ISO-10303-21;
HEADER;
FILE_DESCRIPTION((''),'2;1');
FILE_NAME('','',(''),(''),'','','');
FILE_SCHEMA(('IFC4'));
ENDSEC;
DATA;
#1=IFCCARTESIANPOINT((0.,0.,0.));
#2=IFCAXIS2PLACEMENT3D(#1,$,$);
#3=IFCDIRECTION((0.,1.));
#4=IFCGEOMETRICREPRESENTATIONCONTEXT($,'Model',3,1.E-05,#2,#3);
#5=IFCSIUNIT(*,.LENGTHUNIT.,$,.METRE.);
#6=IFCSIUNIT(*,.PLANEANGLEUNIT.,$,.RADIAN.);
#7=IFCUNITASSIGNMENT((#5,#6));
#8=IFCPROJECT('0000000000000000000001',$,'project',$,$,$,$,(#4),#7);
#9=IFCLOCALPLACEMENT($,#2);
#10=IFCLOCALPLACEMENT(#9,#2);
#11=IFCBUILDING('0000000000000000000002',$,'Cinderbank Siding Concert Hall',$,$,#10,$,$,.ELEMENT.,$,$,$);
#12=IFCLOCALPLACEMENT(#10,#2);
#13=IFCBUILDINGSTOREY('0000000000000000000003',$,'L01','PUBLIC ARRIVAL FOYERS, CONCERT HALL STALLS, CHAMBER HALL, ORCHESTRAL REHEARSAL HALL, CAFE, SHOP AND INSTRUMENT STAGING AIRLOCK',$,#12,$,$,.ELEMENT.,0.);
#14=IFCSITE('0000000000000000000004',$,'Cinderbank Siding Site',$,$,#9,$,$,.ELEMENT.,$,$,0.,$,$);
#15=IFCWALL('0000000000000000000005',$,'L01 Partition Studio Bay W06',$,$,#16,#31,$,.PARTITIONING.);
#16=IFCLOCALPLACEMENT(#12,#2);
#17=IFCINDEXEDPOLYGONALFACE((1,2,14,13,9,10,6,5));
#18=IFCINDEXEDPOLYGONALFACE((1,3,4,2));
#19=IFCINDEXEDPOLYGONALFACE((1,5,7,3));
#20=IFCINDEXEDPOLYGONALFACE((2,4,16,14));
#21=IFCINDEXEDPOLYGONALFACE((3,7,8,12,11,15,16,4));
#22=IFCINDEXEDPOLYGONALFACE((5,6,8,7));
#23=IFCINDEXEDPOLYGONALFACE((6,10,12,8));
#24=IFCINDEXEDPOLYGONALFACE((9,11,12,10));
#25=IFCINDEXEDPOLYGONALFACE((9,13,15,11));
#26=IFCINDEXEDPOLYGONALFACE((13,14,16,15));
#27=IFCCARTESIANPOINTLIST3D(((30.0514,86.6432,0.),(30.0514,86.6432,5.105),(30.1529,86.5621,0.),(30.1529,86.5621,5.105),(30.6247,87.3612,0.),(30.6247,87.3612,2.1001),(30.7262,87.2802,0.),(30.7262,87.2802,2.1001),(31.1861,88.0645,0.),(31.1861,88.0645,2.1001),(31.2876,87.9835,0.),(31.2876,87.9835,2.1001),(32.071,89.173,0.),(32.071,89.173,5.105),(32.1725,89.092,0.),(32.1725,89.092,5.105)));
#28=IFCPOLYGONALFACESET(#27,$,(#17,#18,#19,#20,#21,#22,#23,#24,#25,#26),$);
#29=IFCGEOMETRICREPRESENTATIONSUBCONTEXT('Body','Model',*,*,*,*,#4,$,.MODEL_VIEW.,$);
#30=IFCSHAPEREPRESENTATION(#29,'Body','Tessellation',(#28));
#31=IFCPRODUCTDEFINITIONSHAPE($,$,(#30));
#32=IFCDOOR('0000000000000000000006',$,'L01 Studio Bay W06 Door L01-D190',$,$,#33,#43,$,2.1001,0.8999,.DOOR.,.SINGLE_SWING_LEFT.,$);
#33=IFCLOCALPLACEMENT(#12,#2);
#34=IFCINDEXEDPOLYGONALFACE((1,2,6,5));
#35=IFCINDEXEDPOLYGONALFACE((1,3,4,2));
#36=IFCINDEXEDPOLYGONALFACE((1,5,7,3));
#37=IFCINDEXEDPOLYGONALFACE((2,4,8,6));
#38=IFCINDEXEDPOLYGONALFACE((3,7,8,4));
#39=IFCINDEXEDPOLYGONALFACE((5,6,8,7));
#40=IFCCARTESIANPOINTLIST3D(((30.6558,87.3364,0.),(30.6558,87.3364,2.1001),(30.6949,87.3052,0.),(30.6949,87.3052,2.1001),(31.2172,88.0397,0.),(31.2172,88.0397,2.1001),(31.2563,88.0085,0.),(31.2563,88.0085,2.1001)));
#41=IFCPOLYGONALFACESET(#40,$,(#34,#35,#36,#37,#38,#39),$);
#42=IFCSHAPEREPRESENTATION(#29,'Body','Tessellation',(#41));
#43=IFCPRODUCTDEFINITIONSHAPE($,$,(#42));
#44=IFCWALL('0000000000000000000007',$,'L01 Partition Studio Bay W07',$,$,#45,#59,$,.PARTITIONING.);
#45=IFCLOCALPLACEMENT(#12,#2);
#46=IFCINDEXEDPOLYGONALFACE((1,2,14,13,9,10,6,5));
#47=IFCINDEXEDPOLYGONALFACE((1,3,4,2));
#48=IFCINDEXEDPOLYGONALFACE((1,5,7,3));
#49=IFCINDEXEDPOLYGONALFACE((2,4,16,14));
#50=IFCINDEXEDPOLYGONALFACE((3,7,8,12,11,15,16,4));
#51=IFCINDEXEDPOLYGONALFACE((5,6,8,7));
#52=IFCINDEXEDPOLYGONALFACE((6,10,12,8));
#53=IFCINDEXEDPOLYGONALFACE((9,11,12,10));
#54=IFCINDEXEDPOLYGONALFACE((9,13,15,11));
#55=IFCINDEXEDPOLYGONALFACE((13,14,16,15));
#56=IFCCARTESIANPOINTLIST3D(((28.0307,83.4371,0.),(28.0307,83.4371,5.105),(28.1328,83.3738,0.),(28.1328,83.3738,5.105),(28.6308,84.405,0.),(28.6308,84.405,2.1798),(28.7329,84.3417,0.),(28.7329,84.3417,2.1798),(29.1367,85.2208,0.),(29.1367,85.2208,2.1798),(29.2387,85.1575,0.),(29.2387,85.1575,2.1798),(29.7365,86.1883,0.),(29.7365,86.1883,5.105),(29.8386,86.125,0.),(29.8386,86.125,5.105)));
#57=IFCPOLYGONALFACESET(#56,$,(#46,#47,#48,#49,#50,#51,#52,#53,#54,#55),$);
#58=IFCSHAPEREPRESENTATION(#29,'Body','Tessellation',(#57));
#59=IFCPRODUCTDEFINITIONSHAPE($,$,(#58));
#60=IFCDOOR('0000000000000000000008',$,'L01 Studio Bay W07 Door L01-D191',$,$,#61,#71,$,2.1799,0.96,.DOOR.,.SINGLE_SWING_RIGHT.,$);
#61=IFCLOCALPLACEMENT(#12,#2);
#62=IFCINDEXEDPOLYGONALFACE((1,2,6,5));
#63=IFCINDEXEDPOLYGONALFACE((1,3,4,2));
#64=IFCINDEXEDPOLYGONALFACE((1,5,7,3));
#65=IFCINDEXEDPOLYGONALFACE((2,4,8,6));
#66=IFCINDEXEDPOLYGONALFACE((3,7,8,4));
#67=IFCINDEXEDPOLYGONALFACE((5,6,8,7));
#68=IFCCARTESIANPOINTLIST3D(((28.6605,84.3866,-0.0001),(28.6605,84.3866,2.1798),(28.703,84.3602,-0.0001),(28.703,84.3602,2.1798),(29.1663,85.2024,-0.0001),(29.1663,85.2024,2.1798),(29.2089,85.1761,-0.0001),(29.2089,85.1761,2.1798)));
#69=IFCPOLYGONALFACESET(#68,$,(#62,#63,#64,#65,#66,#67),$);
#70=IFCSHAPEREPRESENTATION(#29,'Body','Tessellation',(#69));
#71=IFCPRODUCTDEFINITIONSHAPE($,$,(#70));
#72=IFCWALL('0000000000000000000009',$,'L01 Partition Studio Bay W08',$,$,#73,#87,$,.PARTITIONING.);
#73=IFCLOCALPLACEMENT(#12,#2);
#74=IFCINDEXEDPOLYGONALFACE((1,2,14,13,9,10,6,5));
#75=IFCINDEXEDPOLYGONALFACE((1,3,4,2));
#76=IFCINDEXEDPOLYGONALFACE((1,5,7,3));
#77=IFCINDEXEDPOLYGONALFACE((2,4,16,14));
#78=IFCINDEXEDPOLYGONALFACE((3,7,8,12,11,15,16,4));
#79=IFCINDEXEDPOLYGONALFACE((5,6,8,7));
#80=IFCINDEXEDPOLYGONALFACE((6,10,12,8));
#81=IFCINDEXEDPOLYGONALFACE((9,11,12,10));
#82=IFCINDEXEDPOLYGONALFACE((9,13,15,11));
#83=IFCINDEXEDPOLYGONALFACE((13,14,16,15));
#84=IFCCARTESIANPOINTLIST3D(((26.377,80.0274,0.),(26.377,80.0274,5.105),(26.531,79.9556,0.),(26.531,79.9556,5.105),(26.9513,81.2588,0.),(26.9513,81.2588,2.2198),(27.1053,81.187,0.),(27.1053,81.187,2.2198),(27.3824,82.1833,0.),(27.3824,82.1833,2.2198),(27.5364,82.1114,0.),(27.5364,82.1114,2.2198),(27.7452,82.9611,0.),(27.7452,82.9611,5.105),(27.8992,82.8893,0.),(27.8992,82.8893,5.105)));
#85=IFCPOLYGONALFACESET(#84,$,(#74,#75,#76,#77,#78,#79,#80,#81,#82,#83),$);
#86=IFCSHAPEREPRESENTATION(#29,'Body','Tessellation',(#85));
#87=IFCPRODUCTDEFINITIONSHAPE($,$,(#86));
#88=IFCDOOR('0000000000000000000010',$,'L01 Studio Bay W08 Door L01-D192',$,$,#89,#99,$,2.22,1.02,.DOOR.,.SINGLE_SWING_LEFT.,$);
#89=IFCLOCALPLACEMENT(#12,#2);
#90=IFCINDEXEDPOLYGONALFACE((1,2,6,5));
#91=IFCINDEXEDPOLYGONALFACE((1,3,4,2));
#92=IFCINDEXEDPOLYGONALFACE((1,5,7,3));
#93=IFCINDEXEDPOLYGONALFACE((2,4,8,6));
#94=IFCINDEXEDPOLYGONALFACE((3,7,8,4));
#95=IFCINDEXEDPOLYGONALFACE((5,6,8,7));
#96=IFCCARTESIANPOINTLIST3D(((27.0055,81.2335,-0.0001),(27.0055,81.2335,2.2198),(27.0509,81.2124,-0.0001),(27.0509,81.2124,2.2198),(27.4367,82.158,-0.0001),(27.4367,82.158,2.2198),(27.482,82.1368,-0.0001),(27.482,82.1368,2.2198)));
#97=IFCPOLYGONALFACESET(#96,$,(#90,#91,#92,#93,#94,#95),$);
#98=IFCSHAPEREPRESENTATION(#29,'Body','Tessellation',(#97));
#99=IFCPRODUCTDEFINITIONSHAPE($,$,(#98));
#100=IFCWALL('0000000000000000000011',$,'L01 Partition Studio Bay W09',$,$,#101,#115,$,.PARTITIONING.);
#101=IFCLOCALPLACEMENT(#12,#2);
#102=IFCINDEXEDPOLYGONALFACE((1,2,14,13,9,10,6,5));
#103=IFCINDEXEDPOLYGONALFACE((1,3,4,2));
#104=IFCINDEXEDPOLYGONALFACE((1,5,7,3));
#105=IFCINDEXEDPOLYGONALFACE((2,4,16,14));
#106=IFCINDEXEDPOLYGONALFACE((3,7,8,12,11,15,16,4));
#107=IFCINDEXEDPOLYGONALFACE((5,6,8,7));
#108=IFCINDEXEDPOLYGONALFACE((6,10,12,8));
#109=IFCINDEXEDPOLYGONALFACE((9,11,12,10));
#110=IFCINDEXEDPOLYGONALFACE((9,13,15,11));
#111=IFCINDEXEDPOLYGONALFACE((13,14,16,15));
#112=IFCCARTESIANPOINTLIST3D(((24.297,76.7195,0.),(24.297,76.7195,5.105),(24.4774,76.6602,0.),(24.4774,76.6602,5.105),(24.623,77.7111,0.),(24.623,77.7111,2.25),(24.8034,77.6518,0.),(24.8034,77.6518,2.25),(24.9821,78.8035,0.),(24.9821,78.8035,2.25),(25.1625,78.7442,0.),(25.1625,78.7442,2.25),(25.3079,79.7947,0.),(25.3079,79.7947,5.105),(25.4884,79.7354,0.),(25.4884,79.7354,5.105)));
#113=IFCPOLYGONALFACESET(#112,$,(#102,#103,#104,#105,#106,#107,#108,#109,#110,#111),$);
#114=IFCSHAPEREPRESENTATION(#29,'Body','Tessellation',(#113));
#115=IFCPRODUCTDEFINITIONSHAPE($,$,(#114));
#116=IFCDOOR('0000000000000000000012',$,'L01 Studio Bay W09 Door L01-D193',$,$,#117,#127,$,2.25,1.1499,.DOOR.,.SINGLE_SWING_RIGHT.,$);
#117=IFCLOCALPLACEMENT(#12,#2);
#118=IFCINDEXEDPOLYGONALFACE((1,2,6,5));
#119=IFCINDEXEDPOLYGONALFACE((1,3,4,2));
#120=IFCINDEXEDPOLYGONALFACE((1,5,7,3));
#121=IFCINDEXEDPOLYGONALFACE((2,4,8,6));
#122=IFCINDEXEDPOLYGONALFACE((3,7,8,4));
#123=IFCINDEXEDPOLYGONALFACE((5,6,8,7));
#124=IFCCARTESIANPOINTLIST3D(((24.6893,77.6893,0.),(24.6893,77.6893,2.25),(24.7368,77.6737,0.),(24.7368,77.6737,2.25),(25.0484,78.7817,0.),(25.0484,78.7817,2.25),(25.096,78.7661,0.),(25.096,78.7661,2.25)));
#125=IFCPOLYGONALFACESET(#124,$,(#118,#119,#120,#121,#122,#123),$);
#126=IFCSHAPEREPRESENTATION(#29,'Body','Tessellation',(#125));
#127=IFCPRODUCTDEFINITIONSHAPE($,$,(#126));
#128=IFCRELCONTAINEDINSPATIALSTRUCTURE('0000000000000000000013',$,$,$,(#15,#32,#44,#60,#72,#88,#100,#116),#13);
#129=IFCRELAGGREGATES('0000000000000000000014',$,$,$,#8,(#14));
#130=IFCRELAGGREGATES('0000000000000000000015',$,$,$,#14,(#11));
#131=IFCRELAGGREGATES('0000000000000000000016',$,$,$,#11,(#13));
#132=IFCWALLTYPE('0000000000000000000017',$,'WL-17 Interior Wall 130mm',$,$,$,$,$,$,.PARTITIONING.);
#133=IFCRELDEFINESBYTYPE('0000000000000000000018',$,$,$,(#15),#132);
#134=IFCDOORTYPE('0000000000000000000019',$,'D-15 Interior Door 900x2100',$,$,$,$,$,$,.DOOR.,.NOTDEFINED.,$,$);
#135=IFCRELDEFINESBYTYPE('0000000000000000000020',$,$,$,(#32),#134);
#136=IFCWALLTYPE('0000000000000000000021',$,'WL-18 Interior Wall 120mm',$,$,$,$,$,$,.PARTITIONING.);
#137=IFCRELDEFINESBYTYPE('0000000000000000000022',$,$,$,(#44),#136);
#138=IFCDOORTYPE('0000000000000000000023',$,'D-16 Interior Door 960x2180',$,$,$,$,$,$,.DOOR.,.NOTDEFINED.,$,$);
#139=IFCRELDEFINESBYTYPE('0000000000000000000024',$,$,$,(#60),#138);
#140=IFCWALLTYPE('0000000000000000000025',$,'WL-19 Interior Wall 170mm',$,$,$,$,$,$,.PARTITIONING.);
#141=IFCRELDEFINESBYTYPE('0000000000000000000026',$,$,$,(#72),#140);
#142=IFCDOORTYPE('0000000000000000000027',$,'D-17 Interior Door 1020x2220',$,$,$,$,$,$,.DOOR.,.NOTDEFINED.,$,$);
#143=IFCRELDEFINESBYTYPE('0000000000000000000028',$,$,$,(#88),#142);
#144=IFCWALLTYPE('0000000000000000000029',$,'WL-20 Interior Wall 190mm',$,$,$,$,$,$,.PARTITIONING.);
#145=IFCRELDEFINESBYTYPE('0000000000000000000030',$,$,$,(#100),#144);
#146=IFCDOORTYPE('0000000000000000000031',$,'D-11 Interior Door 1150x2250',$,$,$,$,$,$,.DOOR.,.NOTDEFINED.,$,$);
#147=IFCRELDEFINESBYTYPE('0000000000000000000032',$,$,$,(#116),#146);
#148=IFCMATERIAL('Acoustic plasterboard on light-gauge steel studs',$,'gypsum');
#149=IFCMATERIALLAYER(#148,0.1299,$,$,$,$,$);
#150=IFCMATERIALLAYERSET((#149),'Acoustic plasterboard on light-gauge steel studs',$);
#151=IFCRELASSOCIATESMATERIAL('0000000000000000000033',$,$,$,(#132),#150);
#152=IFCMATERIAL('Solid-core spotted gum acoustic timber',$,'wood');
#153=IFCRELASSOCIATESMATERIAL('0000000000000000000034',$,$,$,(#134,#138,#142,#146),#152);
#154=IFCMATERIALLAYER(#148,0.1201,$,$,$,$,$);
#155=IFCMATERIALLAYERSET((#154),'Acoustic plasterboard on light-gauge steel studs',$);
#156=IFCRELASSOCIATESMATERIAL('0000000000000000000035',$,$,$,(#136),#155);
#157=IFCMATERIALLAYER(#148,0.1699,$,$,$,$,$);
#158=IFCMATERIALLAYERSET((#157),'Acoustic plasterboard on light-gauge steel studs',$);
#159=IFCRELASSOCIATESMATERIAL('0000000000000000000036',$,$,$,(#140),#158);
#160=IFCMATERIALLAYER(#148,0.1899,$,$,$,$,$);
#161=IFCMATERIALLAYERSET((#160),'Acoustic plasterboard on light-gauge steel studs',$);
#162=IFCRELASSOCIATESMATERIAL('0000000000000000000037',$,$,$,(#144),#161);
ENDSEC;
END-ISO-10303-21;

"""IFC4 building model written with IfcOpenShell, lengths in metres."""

from ifc_helpers import new_model, si_unit, direction, frame, frame_2d, origin, place, context, subcontext, project, spatial, rectangle, extrude, material, layer, layer_set, type_object, element, fill, save


model = new_model("IFC4")

# Units and contexts
model_context = context("Model", 3, precision=1e-05, world=origin(), true_north=direction((0.0, 1.0)))
body_context = subcontext(model_context, "Body", "Model", "MODEL_VIEW")
ifc_project = project(units=[si_unit("LENGTHUNIT", "METRE"), si_unit("PLANEANGLEUNIT", "RADIAN")], contexts=[model_context])

# Site, building, storey
site_placement = place(None, origin())
site = spatial("IfcSite", under=ifc_project, at=site_placement, Name="Cinderbank Siding Site", CompositionType="ELEMENT", RefElevation=0.0)
building_placement = place(site_placement, origin())
building = spatial("IfcBuilding", under=site, at=building_placement, Name="Cinderbank Siding Concert Hall", CompositionType="ELEMENT")
storey_placement = place(building_placement, origin())
storey = spatial("IfcBuildingStorey", under=building, at=storey_placement, Name="L01", Description="PUBLIC ARRIVAL FOYERS, CONCERT HALL STALLS, CHAMBER HALL, ORCHESTRAL REHEARSAL HALL, CAFE, SHOP AND INSTRUMENT STAGING AIRLOCK", CompositionType="ELEMENT", Elevation=0.0)

# Shared definitions
ifc_material_1 = material(Name="Acoustic plasterboard on light-gauge steel studs", Category="gypsum")

# Walls, openings, doors
ifc_layer_1 = layer(ifc_material_1, 0.1299)
ifc_layer_set_1 = layer_set([ifc_layer_1], Name="Acoustic plasterboard on light-gauge steel studs")
wall_type_1 = type_object("IfcWallType", Name="WL-17 Interior Wall 130mm", PredefinedType="PARTITIONING", material=ifc_layer_set_1)
wall_1_placement = place(storey_placement, frame((32.1218, 89.1326, 0.0), z_axis=(0.0, 0.0, 1.0), x_axis=(-0.623885, -0.781516, 0.0)))
wall_1 = element("IfcWall", 1, at=wall_1_placement, inside=storey, type_object=wall_type_1, Name="L01 Partition Studio Bay W06", PredefinedType="PARTITIONING", context=body_context, shape_type="SweptSolid", body=[
    extrude(rectangle(XDim=3.2371, YDim=0.1299, at=frame_2d((1.6187, 0.0))), origin(), (0.0, 0.0, 1.0), 5.105),
])
opening_1_placement = place(wall_1_placement, frame((1.4185, 0.0, 0.0)))
opening_1 = element("IfcOpeningElement", 2, at=opening_1_placement, cuts=wall_1, PredefinedType="OPENING", context=body_context, shape_type="SweptSolid", body=[
    extrude(rectangle(XDim=0.8999, YDim=2.1001, at=frame_2d((0.45, 1.05))), frame((0.0, 0.0769, 0.0), z_axis=(0.0, -1.0, 0.0), x_axis=(1.0, 0.0, 0.0)), (0.0, 0.0, 1.0), 0.1538),
])
ifc_material_2 = material(Name="Solid-core spotted gum acoustic timber", Category="wood")
door_type_1 = type_object("IfcDoorType", Name="D-15 Interior Door 900x2100", OperationType="NOTDEFINED", PredefinedType="DOOR", material=ifc_material_2)
door_1_placement = place(opening_1_placement, origin())
door_1 = element("IfcDoor", 3, at=door_1_placement, inside=storey, type_object=door_type_1, Name="L01 Studio Bay W06 Door L01-D190", OperationType="SINGLE_SWING_LEFT", OverallHeight=2.1001, OverallWidth=0.8999, PredefinedType="DOOR", context=body_context, shape_type="SweptSolid", body=[
    extrude(rectangle(XDim=0.8999, YDim=2.1001, at=frame_2d((0.45, 1.05))), frame((0.0, 0.0249, 0.0), z_axis=(0.0, -1.0, 0.0), x_axis=(1.0, 0.0, 0.0)), (0.0, 0.0, 1.0), 0.05),
])
fill(opening_1, door_1)
ifc_layer_2 = layer(ifc_material_1, 0.1201)
ifc_layer_set_2 = layer_set([ifc_layer_2], Name="Acoustic plasterboard on light-gauge steel studs")
wall_type_2 = type_object("IfcWallType", Name="WL-18 Interior Wall 120mm", PredefinedType="PARTITIONING", material=ifc_layer_set_2)
wall_2_placement = place(storey_placement, frame((29.7876, 86.1567, 0.0), z_axis=(0.0, 0.0, 1.0), x_axis=(-0.526952, -0.849895, 0.0)))
wall_2 = element("IfcWall", 4, at=wall_2_placement, inside=storey, type_object=wall_type_2, Name="L01 Partition Studio Bay W07", PredefinedType="PARTITIONING", context=body_context, shape_type="SweptSolid", body=[
    extrude(rectangle(XDim=3.2371, YDim=0.1201, at=frame_2d((1.6187, 0.0))), origin(), (0.0, 0.0, 1.0), 5.105),
])
opening_2_placement = place(wall_2_placement, frame((1.1384, 0.0, 0.0)))
opening_2 = element("IfcOpeningElement", 5, at=opening_2_placement, cuts=wall_2, PredefinedType="OPENING", context=body_context, shape_type="SweptSolid", body=[
    extrude(rectangle(XDim=0.96, YDim=2.1799, at=frame_2d((0.48, 1.0898))), frame((0.0, 0.072, 0.0), z_axis=(0.0, -1.0, 0.0), x_axis=(1.0, 0.0, 0.0)), (0.0, 0.0, 1.0), 0.144),
])
door_type_2 = type_object("IfcDoorType", Name="D-16 Interior Door 960x2180", OperationType="NOTDEFINED", PredefinedType="DOOR", material=ifc_material_2)
door_2_placement = place(opening_2_placement, origin())
door_2 = element("IfcDoor", 6, at=door_2_placement, inside=storey, type_object=door_type_2, Name="L01 Studio Bay W07 Door L01-D191", OperationType="SINGLE_SWING_RIGHT", OverallHeight=2.1799, OverallWidth=0.96, PredefinedType="DOOR", context=body_context, shape_type="SweptSolid", body=[
    extrude(rectangle(XDim=0.96, YDim=2.1799, at=frame_2d((0.48, 1.0898))), frame((0.0, 0.0249, 0.0), z_axis=(0.0, -1.0, 0.0), x_axis=(1.0, 0.0, 0.0)), (0.0, 0.0, 1.0), 0.05),
])
fill(opening_2, door_2)
ifc_layer_3 = layer(ifc_material_1, 0.1699)
ifc_layer_set_3 = layer_set([ifc_layer_3], Name="Acoustic plasterboard on light-gauge steel studs")
wall_type_3 = type_object("IfcWallType", Name="WL-19 Interior Wall 170mm", PredefinedType="PARTITIONING", material=ifc_layer_set_3)
wall_3_placement = place(storey_placement, frame((27.8223, 82.9253, 0.0), z_axis=(0.0, 0.0, 1.0), x_axis=(-0.422671, -0.906283, 0.0)))
wall_3 = element("IfcWall", 7, at=wall_3_placement, inside=storey, type_object=wall_type_3, Name="L01 Partition Studio Bay W08", PredefinedType="PARTITIONING", context=body_context, shape_type="SweptSolid", body=[
    extrude(rectangle(XDim=3.2371, YDim=0.1699, at=frame_2d((1.6187, 0.0))), origin(), (0.0, 0.0, 1.0), 5.105),
])
opening_3_placement = place(wall_3_placement, frame((0.8584, 0.0, 0.0)))
opening_3 = element("IfcOpeningElement", 8, at=opening_3_placement, cuts=wall_3, PredefinedType="OPENING", context=body_context, shape_type="SweptSolid", body=[
    extrude(rectangle(XDim=1.02, YDim=2.22, at=frame_2d((0.51, 1.1099))), frame((0.0, 0.0969, 0.0), z_axis=(0.0, -1.0, 0.0), x_axis=(1.0, 0.0, 0.0)), (0.0, 0.0, 1.0), 0.1938),
])
door_type_3 = type_object("IfcDoorType", Name="D-17 Interior Door 1020x2220", OperationType="NOTDEFINED", PredefinedType="DOOR", material=ifc_material_2)
door_3_placement = place(opening_3_placement, origin())
door_3 = element("IfcDoor", 9, at=door_3_placement, inside=storey, type_object=door_type_3, Name="L01 Studio Bay W08 Door L01-D192", OperationType="SINGLE_SWING_LEFT", OverallHeight=2.22, OverallWidth=1.02, PredefinedType="DOOR", context=body_context, shape_type="SweptSolid", body=[
    extrude(rectangle(XDim=1.02, YDim=2.22, at=frame_2d((0.51, 1.1099))), frame((0.0, 0.0249, 0.0), z_axis=(0.0, -1.0, 0.0), x_axis=(1.0, 0.0, 0.0)), (0.0, 0.0, 1.0), 0.05),
])
fill(opening_3, door_3)
ifc_layer_4 = layer(ifc_material_1, 0.1899)
ifc_layer_set_4 = layer_set([ifc_layer_4], Name="Acoustic plasterboard on light-gauge steel studs")
wall_type_4 = type_object("IfcWallType", Name="WL-20 Interior Wall 190mm", PredefinedType="PARTITIONING", material=ifc_layer_set_4)
wall_4_placement = place(storey_placement, frame((25.3982, 79.7651, 0.0), z_axis=(0.0, 0.0, 1.0), x_axis=(-0.312311, -0.94998, 0.0)))
wall_4 = element("IfcWall", 10, at=wall_4_placement, inside=storey, type_object=wall_type_4, Name="L01 Partition Studio Bay W09", PredefinedType="PARTITIONING", context=body_context, shape_type="SweptSolid", body=[
    extrude(rectangle(XDim=3.2371, YDim=0.1899, at=frame_2d((1.6187, 0.0))), origin(), (0.0, 0.0, 1.0), 5.105),
])
opening_4_placement = place(wall_4_placement, frame((1.0435, 0.0, 0.0)))
opening_4 = element("IfcOpeningElement", 11, at=opening_4_placement, cuts=wall_4, PredefinedType="OPENING", context=body_context, shape_type="SweptSolid", body=[
    extrude(rectangle(XDim=1.1499, YDim=2.25, at=frame_2d((0.575, 1.125))), frame((0.0, 0.1069, 0.0), z_axis=(0.0, -1.0, 0.0), x_axis=(1.0, 0.0, 0.0)), (0.0, 0.0, 1.0), 0.2139),
])
door_type_4 = type_object("IfcDoorType", Name="D-11 Interior Door 1150x2250", OperationType="NOTDEFINED", PredefinedType="DOOR", material=ifc_material_2)
door_4_placement = place(opening_4_placement, origin())
door_4 = element("IfcDoor", 12, at=door_4_placement, inside=storey, type_object=door_type_4, Name="L01 Studio Bay W09 Door L01-D193", OperationType="SINGLE_SWING_RIGHT", OverallHeight=2.25, OverallWidth=1.1499, PredefinedType="DOOR", context=body_context, shape_type="SweptSolid", body=[
    extrude(rectangle(XDim=1.1499, YDim=2.25, at=frame_2d((0.575, 1.125))), frame((0.0, 0.0249, 0.0), z_axis=(0.0, -1.0, 0.0), x_axis=(1.0, 0.0, 0.0)), (0.0, 0.0, 1.0), 0.05),
])
fill(opening_4, door_4)

save(model, "model.ifc")
